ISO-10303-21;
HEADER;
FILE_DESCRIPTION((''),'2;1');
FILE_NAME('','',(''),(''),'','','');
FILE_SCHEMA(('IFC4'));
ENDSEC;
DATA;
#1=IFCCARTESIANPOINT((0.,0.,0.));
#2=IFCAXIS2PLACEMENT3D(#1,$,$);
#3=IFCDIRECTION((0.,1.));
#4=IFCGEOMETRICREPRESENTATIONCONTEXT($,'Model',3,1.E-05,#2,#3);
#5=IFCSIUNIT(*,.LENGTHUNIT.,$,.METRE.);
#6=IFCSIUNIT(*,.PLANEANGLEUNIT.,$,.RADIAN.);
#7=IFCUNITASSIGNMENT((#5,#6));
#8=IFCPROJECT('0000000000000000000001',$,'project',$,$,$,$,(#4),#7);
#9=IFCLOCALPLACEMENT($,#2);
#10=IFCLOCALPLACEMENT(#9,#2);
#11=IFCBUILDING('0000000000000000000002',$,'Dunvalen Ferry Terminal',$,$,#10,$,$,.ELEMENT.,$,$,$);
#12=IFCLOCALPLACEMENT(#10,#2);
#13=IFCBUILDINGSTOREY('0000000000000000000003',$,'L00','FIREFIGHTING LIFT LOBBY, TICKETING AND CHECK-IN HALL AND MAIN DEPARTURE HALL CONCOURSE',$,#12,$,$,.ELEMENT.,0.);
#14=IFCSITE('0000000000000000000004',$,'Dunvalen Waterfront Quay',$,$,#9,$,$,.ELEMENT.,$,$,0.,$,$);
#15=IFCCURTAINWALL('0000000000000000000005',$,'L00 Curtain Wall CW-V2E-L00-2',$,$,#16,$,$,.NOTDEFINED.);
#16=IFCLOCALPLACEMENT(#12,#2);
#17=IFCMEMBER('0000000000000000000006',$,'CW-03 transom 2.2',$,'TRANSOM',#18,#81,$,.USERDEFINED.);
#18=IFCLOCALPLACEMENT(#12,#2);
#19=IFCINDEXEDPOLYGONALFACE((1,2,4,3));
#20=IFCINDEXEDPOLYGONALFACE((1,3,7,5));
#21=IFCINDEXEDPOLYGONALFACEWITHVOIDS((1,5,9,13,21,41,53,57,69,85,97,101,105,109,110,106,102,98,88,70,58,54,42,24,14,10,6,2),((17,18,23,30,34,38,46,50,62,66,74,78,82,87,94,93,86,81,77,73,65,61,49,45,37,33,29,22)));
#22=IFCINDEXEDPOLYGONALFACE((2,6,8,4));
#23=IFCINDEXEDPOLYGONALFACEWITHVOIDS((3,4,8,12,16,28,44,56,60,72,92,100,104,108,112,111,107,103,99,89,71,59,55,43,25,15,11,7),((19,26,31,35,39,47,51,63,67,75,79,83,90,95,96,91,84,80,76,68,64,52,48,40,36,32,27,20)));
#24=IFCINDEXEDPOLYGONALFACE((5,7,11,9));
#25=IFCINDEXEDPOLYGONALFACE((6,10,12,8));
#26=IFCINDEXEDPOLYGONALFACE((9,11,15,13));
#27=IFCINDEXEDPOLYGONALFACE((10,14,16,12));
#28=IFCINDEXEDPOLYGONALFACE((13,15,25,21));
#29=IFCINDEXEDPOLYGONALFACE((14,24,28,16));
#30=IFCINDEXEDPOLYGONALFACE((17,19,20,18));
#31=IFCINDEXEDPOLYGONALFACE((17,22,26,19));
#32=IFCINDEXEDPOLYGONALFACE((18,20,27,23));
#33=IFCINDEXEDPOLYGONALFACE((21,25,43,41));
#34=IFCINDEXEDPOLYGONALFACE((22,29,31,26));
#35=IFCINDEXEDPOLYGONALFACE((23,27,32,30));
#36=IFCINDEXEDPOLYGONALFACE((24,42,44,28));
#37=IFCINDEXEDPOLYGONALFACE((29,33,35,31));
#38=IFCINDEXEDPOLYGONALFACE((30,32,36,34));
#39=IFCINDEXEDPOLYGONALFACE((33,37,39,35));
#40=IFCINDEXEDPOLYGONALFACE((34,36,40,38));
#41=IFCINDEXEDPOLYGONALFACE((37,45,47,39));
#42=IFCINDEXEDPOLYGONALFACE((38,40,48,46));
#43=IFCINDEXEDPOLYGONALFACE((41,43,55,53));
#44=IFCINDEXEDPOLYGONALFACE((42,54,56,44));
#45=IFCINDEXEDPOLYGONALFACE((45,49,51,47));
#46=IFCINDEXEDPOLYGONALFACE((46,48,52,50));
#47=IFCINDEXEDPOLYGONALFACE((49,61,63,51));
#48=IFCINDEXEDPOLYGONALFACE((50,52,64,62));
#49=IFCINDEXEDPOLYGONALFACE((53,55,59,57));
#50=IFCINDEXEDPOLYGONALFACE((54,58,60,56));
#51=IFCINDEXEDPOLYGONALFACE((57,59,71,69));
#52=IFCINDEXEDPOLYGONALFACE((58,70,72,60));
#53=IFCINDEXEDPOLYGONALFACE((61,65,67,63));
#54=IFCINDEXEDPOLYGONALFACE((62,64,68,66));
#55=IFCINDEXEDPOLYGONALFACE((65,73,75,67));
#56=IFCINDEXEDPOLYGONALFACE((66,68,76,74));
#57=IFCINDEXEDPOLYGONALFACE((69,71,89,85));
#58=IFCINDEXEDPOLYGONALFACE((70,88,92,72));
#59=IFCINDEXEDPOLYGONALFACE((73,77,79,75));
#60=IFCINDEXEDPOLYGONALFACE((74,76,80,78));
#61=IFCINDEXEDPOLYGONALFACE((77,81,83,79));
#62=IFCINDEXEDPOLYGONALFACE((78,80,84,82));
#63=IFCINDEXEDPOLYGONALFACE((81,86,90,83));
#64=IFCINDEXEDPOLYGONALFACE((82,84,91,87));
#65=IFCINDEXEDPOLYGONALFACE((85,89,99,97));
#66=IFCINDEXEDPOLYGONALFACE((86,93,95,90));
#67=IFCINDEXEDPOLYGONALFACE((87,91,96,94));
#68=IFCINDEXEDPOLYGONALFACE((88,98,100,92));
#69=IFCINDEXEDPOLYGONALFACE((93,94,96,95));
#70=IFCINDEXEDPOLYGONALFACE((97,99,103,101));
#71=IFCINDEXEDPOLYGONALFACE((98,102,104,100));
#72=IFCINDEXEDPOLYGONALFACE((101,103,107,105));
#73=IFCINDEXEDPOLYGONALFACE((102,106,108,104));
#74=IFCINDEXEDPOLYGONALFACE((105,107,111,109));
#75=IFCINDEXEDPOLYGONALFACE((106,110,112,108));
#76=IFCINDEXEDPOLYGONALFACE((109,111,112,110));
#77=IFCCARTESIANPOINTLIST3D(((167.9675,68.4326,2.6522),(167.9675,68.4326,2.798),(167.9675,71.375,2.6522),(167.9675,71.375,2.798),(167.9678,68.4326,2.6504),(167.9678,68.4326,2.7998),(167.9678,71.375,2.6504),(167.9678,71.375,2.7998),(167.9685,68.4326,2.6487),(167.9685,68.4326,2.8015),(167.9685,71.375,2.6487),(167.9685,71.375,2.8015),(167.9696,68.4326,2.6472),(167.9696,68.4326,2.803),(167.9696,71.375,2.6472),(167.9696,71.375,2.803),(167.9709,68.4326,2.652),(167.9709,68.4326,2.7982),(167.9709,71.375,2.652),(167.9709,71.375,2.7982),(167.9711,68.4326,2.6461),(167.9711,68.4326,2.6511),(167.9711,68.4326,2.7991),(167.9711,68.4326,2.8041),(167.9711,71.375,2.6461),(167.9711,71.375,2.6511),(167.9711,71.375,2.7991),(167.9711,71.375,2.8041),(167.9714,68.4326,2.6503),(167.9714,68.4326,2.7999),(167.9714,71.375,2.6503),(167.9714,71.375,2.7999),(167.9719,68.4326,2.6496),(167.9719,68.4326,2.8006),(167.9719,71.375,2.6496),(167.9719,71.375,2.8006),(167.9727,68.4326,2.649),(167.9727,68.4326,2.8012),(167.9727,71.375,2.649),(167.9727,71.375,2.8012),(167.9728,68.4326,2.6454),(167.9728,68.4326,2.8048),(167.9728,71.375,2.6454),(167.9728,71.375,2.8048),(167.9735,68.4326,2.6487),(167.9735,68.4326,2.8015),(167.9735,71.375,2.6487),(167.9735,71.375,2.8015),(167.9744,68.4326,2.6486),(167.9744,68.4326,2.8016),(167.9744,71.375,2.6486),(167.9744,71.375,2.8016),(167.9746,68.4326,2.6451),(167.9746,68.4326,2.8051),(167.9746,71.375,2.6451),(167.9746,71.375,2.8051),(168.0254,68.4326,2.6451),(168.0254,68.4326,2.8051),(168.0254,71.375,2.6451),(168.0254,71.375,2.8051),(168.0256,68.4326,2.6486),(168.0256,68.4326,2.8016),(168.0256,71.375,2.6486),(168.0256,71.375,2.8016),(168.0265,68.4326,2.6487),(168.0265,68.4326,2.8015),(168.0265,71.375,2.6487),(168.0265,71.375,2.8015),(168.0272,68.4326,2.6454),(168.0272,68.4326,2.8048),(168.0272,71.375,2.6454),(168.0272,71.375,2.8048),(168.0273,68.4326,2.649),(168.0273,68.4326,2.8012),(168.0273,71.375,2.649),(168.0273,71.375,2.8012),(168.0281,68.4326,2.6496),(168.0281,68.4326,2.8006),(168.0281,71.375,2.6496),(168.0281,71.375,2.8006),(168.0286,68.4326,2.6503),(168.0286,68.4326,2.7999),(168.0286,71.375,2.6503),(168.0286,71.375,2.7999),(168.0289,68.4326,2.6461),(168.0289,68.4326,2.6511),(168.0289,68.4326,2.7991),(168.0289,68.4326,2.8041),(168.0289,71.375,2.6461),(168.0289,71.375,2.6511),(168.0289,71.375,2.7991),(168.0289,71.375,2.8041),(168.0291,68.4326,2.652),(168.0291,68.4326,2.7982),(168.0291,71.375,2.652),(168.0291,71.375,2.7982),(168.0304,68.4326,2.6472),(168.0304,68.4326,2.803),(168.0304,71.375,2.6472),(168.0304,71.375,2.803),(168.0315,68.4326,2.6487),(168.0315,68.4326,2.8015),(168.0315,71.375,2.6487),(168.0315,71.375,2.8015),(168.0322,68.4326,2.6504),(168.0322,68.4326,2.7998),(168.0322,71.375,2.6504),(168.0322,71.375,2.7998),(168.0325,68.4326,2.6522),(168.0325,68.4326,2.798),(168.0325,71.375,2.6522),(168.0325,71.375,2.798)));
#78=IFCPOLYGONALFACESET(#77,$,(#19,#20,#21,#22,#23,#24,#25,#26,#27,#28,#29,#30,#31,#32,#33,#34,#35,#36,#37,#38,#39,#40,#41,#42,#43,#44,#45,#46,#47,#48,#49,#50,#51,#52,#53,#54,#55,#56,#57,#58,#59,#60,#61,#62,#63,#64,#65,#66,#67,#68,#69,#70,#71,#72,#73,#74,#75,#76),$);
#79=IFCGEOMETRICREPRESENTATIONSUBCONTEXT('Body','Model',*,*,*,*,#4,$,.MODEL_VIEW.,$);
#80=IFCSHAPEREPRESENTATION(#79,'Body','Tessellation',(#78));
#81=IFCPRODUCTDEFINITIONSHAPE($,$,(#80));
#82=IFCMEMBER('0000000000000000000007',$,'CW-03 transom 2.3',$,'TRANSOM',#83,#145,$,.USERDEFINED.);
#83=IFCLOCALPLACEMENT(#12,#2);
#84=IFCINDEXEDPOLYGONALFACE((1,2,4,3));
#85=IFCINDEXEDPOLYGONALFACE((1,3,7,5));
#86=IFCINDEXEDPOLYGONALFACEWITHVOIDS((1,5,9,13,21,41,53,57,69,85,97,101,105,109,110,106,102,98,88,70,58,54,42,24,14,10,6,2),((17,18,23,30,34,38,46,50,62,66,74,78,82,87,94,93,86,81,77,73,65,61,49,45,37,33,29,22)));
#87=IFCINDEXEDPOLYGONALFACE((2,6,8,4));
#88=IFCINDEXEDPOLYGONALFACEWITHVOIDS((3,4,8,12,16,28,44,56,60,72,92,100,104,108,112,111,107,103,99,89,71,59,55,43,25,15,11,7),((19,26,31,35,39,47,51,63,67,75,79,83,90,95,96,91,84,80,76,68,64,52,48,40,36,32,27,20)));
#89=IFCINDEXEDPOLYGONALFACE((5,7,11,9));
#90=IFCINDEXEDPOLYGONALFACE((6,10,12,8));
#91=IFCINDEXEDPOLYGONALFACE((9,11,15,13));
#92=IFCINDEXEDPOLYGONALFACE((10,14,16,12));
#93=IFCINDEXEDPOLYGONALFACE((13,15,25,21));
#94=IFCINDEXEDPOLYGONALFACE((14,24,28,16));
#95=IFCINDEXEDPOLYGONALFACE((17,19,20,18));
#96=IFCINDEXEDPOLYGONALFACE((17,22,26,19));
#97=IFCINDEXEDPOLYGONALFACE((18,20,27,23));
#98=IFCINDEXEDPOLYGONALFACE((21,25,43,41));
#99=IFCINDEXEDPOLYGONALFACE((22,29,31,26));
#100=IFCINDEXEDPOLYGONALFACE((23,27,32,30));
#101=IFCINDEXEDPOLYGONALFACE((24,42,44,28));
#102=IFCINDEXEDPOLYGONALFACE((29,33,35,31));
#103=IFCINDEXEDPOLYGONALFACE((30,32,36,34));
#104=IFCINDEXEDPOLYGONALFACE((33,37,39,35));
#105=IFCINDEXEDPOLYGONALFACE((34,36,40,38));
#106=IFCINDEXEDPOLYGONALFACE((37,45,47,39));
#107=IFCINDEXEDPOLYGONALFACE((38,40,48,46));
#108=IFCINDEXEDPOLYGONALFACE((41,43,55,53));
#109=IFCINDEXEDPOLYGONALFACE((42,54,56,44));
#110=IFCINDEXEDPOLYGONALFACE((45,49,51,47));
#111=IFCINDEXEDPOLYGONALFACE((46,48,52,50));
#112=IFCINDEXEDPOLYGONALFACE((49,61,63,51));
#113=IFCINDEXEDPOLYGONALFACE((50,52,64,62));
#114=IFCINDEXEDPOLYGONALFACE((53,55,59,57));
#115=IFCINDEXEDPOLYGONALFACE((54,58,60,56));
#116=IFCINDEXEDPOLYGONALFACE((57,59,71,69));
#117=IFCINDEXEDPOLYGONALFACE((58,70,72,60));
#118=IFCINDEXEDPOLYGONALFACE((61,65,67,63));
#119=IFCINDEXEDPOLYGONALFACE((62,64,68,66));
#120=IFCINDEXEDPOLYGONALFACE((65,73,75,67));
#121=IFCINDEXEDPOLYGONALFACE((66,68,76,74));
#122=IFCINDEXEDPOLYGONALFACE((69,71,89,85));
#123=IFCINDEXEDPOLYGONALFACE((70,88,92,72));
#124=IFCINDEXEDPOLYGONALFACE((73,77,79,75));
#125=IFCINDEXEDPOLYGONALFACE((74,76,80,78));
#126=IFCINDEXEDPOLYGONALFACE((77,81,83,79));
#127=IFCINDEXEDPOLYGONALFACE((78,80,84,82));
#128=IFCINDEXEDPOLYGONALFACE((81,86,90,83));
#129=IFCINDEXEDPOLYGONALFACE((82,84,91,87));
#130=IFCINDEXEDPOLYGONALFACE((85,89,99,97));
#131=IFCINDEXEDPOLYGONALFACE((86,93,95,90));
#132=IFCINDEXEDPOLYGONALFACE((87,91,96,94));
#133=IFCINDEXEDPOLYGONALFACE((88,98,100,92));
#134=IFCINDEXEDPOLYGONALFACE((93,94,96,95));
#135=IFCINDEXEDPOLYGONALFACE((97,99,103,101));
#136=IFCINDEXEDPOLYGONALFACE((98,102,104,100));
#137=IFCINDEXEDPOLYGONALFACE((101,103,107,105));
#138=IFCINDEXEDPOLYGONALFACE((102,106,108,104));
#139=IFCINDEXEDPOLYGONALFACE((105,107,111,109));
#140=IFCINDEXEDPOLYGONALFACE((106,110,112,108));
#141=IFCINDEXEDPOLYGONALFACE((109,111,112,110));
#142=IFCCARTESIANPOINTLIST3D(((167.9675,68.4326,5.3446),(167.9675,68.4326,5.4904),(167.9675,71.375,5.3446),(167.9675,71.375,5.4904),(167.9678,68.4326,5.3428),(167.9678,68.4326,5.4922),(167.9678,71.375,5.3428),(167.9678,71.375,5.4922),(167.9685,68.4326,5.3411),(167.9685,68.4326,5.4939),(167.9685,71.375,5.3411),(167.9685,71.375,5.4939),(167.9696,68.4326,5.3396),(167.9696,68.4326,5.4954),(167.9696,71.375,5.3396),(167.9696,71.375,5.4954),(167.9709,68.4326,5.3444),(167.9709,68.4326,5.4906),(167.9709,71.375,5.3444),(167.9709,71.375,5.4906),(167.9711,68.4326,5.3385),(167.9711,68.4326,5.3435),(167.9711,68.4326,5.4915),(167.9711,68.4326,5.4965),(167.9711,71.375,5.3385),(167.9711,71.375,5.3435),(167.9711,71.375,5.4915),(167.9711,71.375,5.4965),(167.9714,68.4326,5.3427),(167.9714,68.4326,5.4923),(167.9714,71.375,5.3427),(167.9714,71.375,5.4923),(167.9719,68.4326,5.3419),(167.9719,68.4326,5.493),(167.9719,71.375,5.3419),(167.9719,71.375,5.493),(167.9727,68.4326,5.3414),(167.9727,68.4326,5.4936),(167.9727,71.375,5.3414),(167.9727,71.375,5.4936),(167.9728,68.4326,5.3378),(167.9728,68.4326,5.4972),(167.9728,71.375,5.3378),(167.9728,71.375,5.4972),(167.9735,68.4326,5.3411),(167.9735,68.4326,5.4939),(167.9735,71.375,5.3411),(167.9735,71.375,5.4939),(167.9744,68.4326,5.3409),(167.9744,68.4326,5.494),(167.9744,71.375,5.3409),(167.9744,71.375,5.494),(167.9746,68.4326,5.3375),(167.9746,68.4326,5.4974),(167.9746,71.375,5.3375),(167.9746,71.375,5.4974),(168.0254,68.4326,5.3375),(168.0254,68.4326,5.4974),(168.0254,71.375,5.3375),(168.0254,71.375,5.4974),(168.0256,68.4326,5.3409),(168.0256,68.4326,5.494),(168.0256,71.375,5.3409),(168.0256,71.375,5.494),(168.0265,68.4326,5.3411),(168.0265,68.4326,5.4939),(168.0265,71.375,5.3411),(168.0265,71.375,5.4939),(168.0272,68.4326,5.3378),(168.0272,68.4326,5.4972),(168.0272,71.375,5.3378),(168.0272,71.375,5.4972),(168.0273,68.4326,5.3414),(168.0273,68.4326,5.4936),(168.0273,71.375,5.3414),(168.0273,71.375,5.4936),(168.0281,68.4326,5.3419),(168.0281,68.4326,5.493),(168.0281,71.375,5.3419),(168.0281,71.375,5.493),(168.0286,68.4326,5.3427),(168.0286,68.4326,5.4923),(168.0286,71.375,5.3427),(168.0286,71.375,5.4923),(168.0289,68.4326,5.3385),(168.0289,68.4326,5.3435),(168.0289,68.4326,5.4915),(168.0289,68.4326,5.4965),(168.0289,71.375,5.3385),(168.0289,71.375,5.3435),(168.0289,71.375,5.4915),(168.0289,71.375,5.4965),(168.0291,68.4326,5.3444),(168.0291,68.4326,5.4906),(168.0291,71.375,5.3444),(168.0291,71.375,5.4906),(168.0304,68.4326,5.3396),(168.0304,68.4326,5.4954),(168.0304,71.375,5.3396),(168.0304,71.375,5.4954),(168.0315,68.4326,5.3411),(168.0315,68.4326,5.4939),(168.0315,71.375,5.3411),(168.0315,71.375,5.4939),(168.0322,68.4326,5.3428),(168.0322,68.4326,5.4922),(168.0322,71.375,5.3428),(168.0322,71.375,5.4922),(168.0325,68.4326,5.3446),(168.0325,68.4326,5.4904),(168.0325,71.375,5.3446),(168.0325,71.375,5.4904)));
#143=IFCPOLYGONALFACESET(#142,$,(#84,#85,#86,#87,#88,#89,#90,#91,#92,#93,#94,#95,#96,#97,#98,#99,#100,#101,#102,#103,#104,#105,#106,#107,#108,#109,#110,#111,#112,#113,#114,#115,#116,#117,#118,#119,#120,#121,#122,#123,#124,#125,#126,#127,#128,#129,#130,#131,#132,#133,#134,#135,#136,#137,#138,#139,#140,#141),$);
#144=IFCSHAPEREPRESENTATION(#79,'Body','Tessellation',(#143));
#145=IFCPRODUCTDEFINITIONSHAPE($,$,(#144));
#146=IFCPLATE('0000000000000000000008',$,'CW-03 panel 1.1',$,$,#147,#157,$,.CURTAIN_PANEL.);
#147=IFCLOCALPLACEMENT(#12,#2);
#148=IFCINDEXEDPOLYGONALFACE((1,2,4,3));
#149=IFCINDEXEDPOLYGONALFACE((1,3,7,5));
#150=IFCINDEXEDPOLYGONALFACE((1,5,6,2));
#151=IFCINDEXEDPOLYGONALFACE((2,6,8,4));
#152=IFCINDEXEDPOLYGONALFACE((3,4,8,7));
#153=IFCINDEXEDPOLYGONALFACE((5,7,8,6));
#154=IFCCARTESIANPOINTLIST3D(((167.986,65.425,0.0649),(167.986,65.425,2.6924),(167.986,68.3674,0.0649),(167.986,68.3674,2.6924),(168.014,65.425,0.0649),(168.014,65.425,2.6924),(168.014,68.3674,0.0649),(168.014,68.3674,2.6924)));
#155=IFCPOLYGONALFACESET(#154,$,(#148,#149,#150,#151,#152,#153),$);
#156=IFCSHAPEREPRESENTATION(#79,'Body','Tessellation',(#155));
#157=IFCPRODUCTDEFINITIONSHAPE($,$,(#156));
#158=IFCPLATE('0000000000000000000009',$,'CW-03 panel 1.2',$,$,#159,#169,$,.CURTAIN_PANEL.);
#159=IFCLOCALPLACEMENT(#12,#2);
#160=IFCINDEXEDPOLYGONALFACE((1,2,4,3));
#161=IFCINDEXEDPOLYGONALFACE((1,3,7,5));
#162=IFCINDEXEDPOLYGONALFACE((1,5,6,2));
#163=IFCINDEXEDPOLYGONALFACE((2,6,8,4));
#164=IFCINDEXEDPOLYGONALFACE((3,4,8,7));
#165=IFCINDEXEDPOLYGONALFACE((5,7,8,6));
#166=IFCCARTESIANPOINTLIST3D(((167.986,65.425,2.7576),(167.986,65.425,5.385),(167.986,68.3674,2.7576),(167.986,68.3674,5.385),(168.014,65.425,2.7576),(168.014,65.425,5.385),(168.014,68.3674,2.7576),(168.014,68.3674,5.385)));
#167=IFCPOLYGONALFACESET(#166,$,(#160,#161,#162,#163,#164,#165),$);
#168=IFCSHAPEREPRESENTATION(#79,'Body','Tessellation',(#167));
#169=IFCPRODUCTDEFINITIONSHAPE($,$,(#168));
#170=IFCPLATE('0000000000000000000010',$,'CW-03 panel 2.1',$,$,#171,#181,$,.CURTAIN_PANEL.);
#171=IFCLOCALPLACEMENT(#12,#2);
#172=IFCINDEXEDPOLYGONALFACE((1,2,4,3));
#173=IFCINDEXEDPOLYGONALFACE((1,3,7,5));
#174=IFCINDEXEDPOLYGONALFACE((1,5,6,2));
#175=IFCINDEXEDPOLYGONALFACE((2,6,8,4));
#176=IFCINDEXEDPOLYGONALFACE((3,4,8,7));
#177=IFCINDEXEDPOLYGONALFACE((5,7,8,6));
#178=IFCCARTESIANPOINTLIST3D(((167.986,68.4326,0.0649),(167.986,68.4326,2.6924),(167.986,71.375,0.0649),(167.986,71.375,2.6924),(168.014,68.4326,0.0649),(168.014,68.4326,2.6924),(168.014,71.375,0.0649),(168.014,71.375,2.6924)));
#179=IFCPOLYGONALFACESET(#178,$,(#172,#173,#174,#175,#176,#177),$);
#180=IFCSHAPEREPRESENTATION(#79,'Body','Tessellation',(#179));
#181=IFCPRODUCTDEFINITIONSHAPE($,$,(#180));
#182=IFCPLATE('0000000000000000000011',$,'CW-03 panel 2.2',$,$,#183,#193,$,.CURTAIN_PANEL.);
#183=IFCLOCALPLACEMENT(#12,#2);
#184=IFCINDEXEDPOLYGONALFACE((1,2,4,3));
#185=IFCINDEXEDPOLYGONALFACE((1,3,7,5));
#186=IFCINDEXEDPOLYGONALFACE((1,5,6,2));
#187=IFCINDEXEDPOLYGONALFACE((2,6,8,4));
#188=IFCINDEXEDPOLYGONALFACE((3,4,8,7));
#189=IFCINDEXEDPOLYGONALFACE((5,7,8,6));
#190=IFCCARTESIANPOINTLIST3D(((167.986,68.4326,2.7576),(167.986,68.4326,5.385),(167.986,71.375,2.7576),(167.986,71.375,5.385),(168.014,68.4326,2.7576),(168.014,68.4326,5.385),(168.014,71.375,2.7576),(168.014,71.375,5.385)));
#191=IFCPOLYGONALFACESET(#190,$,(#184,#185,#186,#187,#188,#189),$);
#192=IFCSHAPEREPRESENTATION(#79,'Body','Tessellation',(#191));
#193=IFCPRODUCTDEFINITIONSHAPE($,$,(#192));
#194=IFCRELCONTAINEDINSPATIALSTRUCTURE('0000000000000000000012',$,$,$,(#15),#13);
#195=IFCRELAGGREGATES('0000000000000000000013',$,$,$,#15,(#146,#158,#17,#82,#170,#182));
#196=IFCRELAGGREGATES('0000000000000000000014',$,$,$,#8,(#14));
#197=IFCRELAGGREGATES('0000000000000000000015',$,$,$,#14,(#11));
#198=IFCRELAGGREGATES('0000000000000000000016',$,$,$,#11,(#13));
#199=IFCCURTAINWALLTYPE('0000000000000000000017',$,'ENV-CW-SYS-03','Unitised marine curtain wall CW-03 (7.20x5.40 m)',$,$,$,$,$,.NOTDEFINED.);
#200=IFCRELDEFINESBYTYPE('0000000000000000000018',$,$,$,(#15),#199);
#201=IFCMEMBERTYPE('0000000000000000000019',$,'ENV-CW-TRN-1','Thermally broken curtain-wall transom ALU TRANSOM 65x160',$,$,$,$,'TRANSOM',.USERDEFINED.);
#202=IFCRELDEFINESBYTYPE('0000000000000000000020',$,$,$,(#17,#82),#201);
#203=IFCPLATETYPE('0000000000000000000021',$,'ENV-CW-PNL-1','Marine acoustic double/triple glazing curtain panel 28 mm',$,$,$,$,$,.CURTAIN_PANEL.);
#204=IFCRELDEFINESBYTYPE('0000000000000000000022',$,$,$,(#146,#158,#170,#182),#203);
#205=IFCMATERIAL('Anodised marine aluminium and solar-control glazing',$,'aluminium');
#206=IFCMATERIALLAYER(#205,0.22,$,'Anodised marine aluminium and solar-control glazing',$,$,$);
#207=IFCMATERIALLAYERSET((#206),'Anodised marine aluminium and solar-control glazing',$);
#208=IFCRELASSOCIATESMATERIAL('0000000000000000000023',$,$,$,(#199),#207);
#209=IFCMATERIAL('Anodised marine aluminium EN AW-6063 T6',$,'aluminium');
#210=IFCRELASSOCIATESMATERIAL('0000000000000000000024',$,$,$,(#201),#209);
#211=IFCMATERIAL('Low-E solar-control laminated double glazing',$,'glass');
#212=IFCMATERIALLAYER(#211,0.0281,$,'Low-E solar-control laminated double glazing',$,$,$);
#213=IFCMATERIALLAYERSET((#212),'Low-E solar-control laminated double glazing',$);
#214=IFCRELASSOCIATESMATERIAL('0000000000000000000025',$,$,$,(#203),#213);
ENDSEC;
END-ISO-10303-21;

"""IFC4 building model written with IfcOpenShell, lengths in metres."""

from ifc_helpers import new_model, si_unit, direction, frame, origin, origin_2d, place, context, subcontext, project, spatial, rectangle, hollow_rectangle, extrude, material, layer, layer_set, material_profile, profile_set, type_object, element, aggregate, save


model = new_model("IFC4")

# Units and contexts
model_context = context("Model", 3, precision=1e-05, world=origin(), true_north=direction((0.0, 1.0)))
body_context = subcontext(model_context, "Body", "Model", "MODEL_VIEW")
ifc_project = project(units=[si_unit("LENGTHUNIT", "METRE"), si_unit("PLANEANGLEUNIT", "RADIAN")], contexts=[model_context])

# Site, building, storey
site_placement = place(None, origin())
site = spatial("IfcSite", under=ifc_project, at=site_placement, Name="Dunvalen Waterfront Quay", CompositionType="ELEMENT", RefElevation=0.0)
building_placement = place(site_placement, origin())
building = spatial("IfcBuilding", under=site, at=building_placement, Name="Dunvalen Ferry Terminal", CompositionType="ELEMENT")
storey_placement = place(building_placement, origin())
storey = spatial("IfcBuildingStorey", under=building, at=storey_placement, Name="L00", Description="FIREFIGHTING LIFT LOBBY, TICKETING AND CHECK-IN HALL AND MAIN DEPARTURE HALL CONCOURSE", CompositionType="ELEMENT", Elevation=0.0)

# Curtain wall
ifc_material_1 = material(Name="Anodised marine aluminium and solar-control glazing", Category="aluminium")
ifc_layer_1 = layer(ifc_material_1, 0.22, Name="Anodised marine aluminium and solar-control glazing")
ifc_layer_set_1 = layer_set([ifc_layer_1], Name="Anodised marine aluminium and solar-control glazing")
curtain_wall_type = type_object("IfcCurtainWallType", Name="ENV-CW-SYS-03", Description="Unitised marine curtain wall CW-03 (7.20x5.40 m)", PredefinedType="NOTDEFINED", material=ifc_layer_set_1)
curtain_wall_1_placement = place(storey_placement, origin())
curtain_wall_1 = element("IfcCurtainWall", 1, at=curtain_wall_1_placement, inside=storey, type_object=curtain_wall_type, Name="L00 Curtain Wall CW-V2E-L00-2", PredefinedType="NOTDEFINED")
ifc_material_2 = material(Name="Anodised marine aluminium EN AW-6063 T6", Category="aluminium")

# Members
ifc_material_profile_1 = material_profile(ifc_material_2, hollow_rectangle(XDim=0.0649, YDim=0.1599, WallThickness=0.0034, InnerFilletRadius=0.0034, OuterFilletRadius=0.0071, at=origin_2d()), Name="Anodised marine aluminium EN AW-6063 T6")
ifc_profile_set_1 = profile_set([ifc_material_profile_1], Name="Anodised marine aluminium EN AW-6063 T6")
member_type_1 = type_object("IfcMemberType", Name="ENV-CW-TRN-1", Description="Thermally broken curtain-wall transom ALU TRANSOM 65x160", ElementType="TRANSOM", PredefinedType="USERDEFINED", material=ifc_profile_set_1)
member_1_placement = place(storey_placement, frame((168.0, 68.4326, 2.7251), z_axis=(0.0, 1.0, 0.0), x_axis=(-1.0, 0.0, 0.0)))
member_1 = element("IfcMember", 2, at=member_1_placement, type_object=member_type_1, Name="CW-03 transom 2.2", ObjectType="TRANSOM", PredefinedType="USERDEFINED", context=body_context, shape_type="SweptSolid", body=[
    extrude(hollow_rectangle(XDim=0.0649, YDim=0.1599, WallThickness=0.0034, InnerFilletRadius=0.0034, OuterFilletRadius=0.0071, at=origin_2d()), origin(), (0.0, 0.0, 1.0), 2.9424),
])
member_2_placement = place(storey_placement, frame((168.0, 68.4326, 5.4175), z_axis=(0.0, 1.0, 0.0), x_axis=(-1.0, 0.0, 0.0)))
member_2 = element("IfcMember", 3, at=member_2_placement, type_object=member_type_1, Name="CW-03 transom 2.3", ObjectType="TRANSOM", PredefinedType="USERDEFINED", context=body_context, shape_type="SweptSolid", body=[
    extrude(hollow_rectangle(XDim=0.0649, YDim=0.1599, WallThickness=0.0034, InnerFilletRadius=0.0034, OuterFilletRadius=0.0071, at=origin_2d()), origin(), (0.0, 0.0, 1.0), 2.9424),
])

# Plates
ifc_material_3 = material(Name="Low-E solar-control laminated double glazing", Category="glass")
ifc_layer_2 = layer(ifc_material_3, 0.0281, Name="Low-E solar-control laminated double glazing")
ifc_layer_set_2 = layer_set([ifc_layer_2], Name="Low-E solar-control laminated double glazing")
plate_type = type_object("IfcPlateType", Name="ENV-CW-PNL-1", Description="Marine acoustic double/triple glazing curtain panel 28 mm", PredefinedType="CURTAIN_PANEL", material=ifc_layer_set_2)
plate_1_placement = place(storey_placement, frame((168.0, 66.8962, 0.0649), z_axis=(0.0, 0.0, 1.0), x_axis=(0.0, 1.0, 0.0)))
plate_1 = element("IfcPlate", 4, at=plate_1_placement, type_object=plate_type, Name="CW-03 panel 1.1", PredefinedType="CURTAIN_PANEL", context=body_context, shape_type="SweptSolid", body=[
    extrude(rectangle(XDim=2.9424, YDim=0.0281, at=origin_2d()), origin(), (0.0, 0.0, 1.0), 2.6274),
])
plate_2_placement = place(storey_placement, frame((168.0, 66.8962, 2.7576), z_axis=(0.0, 0.0, 1.0), x_axis=(0.0, 1.0, 0.0)))
plate_2 = element("IfcPlate", 5, at=plate_2_placement, type_object=plate_type, Name="CW-03 panel 1.2", PredefinedType="CURTAIN_PANEL", context=body_context, shape_type="SweptSolid", body=[
    extrude(rectangle(XDim=2.9424, YDim=0.0281, at=origin_2d()), origin(), (0.0, 0.0, 1.0), 2.6274),
])
plate_3_placement = place(storey_placement, frame((168.0, 69.9038, 0.0649), z_axis=(0.0, 0.0, 1.0), x_axis=(0.0, 1.0, 0.0)))
plate_3 = element("IfcPlate", 6, at=plate_3_placement, type_object=plate_type, Name="CW-03 panel 2.1", PredefinedType="CURTAIN_PANEL", context=body_context, shape_type="SweptSolid", body=[
    extrude(rectangle(XDim=2.9424, YDim=0.0281, at=origin_2d()), origin(), (0.0, 0.0, 1.0), 2.6274),
])
plate_4_placement = place(storey_placement, frame((168.0, 69.9038, 2.7576), z_axis=(0.0, 0.0, 1.0), x_axis=(0.0, 1.0, 0.0)))
plate_4 = element("IfcPlate", 7, at=plate_4_placement, type_object=plate_type, Name="CW-03 panel 2.2", PredefinedType="CURTAIN_PANEL", context=body_context, shape_type="SweptSolid", body=[
    extrude(rectangle(XDim=2.9424, YDim=0.0281, at=origin_2d()), origin(), (0.0, 0.0, 1.0), 2.6274),
])
aggregate(curtain_wall_1, [plate_1, plate_2, member_1, member_2, plate_3, plate_4])

save(model, "model.ifc")
